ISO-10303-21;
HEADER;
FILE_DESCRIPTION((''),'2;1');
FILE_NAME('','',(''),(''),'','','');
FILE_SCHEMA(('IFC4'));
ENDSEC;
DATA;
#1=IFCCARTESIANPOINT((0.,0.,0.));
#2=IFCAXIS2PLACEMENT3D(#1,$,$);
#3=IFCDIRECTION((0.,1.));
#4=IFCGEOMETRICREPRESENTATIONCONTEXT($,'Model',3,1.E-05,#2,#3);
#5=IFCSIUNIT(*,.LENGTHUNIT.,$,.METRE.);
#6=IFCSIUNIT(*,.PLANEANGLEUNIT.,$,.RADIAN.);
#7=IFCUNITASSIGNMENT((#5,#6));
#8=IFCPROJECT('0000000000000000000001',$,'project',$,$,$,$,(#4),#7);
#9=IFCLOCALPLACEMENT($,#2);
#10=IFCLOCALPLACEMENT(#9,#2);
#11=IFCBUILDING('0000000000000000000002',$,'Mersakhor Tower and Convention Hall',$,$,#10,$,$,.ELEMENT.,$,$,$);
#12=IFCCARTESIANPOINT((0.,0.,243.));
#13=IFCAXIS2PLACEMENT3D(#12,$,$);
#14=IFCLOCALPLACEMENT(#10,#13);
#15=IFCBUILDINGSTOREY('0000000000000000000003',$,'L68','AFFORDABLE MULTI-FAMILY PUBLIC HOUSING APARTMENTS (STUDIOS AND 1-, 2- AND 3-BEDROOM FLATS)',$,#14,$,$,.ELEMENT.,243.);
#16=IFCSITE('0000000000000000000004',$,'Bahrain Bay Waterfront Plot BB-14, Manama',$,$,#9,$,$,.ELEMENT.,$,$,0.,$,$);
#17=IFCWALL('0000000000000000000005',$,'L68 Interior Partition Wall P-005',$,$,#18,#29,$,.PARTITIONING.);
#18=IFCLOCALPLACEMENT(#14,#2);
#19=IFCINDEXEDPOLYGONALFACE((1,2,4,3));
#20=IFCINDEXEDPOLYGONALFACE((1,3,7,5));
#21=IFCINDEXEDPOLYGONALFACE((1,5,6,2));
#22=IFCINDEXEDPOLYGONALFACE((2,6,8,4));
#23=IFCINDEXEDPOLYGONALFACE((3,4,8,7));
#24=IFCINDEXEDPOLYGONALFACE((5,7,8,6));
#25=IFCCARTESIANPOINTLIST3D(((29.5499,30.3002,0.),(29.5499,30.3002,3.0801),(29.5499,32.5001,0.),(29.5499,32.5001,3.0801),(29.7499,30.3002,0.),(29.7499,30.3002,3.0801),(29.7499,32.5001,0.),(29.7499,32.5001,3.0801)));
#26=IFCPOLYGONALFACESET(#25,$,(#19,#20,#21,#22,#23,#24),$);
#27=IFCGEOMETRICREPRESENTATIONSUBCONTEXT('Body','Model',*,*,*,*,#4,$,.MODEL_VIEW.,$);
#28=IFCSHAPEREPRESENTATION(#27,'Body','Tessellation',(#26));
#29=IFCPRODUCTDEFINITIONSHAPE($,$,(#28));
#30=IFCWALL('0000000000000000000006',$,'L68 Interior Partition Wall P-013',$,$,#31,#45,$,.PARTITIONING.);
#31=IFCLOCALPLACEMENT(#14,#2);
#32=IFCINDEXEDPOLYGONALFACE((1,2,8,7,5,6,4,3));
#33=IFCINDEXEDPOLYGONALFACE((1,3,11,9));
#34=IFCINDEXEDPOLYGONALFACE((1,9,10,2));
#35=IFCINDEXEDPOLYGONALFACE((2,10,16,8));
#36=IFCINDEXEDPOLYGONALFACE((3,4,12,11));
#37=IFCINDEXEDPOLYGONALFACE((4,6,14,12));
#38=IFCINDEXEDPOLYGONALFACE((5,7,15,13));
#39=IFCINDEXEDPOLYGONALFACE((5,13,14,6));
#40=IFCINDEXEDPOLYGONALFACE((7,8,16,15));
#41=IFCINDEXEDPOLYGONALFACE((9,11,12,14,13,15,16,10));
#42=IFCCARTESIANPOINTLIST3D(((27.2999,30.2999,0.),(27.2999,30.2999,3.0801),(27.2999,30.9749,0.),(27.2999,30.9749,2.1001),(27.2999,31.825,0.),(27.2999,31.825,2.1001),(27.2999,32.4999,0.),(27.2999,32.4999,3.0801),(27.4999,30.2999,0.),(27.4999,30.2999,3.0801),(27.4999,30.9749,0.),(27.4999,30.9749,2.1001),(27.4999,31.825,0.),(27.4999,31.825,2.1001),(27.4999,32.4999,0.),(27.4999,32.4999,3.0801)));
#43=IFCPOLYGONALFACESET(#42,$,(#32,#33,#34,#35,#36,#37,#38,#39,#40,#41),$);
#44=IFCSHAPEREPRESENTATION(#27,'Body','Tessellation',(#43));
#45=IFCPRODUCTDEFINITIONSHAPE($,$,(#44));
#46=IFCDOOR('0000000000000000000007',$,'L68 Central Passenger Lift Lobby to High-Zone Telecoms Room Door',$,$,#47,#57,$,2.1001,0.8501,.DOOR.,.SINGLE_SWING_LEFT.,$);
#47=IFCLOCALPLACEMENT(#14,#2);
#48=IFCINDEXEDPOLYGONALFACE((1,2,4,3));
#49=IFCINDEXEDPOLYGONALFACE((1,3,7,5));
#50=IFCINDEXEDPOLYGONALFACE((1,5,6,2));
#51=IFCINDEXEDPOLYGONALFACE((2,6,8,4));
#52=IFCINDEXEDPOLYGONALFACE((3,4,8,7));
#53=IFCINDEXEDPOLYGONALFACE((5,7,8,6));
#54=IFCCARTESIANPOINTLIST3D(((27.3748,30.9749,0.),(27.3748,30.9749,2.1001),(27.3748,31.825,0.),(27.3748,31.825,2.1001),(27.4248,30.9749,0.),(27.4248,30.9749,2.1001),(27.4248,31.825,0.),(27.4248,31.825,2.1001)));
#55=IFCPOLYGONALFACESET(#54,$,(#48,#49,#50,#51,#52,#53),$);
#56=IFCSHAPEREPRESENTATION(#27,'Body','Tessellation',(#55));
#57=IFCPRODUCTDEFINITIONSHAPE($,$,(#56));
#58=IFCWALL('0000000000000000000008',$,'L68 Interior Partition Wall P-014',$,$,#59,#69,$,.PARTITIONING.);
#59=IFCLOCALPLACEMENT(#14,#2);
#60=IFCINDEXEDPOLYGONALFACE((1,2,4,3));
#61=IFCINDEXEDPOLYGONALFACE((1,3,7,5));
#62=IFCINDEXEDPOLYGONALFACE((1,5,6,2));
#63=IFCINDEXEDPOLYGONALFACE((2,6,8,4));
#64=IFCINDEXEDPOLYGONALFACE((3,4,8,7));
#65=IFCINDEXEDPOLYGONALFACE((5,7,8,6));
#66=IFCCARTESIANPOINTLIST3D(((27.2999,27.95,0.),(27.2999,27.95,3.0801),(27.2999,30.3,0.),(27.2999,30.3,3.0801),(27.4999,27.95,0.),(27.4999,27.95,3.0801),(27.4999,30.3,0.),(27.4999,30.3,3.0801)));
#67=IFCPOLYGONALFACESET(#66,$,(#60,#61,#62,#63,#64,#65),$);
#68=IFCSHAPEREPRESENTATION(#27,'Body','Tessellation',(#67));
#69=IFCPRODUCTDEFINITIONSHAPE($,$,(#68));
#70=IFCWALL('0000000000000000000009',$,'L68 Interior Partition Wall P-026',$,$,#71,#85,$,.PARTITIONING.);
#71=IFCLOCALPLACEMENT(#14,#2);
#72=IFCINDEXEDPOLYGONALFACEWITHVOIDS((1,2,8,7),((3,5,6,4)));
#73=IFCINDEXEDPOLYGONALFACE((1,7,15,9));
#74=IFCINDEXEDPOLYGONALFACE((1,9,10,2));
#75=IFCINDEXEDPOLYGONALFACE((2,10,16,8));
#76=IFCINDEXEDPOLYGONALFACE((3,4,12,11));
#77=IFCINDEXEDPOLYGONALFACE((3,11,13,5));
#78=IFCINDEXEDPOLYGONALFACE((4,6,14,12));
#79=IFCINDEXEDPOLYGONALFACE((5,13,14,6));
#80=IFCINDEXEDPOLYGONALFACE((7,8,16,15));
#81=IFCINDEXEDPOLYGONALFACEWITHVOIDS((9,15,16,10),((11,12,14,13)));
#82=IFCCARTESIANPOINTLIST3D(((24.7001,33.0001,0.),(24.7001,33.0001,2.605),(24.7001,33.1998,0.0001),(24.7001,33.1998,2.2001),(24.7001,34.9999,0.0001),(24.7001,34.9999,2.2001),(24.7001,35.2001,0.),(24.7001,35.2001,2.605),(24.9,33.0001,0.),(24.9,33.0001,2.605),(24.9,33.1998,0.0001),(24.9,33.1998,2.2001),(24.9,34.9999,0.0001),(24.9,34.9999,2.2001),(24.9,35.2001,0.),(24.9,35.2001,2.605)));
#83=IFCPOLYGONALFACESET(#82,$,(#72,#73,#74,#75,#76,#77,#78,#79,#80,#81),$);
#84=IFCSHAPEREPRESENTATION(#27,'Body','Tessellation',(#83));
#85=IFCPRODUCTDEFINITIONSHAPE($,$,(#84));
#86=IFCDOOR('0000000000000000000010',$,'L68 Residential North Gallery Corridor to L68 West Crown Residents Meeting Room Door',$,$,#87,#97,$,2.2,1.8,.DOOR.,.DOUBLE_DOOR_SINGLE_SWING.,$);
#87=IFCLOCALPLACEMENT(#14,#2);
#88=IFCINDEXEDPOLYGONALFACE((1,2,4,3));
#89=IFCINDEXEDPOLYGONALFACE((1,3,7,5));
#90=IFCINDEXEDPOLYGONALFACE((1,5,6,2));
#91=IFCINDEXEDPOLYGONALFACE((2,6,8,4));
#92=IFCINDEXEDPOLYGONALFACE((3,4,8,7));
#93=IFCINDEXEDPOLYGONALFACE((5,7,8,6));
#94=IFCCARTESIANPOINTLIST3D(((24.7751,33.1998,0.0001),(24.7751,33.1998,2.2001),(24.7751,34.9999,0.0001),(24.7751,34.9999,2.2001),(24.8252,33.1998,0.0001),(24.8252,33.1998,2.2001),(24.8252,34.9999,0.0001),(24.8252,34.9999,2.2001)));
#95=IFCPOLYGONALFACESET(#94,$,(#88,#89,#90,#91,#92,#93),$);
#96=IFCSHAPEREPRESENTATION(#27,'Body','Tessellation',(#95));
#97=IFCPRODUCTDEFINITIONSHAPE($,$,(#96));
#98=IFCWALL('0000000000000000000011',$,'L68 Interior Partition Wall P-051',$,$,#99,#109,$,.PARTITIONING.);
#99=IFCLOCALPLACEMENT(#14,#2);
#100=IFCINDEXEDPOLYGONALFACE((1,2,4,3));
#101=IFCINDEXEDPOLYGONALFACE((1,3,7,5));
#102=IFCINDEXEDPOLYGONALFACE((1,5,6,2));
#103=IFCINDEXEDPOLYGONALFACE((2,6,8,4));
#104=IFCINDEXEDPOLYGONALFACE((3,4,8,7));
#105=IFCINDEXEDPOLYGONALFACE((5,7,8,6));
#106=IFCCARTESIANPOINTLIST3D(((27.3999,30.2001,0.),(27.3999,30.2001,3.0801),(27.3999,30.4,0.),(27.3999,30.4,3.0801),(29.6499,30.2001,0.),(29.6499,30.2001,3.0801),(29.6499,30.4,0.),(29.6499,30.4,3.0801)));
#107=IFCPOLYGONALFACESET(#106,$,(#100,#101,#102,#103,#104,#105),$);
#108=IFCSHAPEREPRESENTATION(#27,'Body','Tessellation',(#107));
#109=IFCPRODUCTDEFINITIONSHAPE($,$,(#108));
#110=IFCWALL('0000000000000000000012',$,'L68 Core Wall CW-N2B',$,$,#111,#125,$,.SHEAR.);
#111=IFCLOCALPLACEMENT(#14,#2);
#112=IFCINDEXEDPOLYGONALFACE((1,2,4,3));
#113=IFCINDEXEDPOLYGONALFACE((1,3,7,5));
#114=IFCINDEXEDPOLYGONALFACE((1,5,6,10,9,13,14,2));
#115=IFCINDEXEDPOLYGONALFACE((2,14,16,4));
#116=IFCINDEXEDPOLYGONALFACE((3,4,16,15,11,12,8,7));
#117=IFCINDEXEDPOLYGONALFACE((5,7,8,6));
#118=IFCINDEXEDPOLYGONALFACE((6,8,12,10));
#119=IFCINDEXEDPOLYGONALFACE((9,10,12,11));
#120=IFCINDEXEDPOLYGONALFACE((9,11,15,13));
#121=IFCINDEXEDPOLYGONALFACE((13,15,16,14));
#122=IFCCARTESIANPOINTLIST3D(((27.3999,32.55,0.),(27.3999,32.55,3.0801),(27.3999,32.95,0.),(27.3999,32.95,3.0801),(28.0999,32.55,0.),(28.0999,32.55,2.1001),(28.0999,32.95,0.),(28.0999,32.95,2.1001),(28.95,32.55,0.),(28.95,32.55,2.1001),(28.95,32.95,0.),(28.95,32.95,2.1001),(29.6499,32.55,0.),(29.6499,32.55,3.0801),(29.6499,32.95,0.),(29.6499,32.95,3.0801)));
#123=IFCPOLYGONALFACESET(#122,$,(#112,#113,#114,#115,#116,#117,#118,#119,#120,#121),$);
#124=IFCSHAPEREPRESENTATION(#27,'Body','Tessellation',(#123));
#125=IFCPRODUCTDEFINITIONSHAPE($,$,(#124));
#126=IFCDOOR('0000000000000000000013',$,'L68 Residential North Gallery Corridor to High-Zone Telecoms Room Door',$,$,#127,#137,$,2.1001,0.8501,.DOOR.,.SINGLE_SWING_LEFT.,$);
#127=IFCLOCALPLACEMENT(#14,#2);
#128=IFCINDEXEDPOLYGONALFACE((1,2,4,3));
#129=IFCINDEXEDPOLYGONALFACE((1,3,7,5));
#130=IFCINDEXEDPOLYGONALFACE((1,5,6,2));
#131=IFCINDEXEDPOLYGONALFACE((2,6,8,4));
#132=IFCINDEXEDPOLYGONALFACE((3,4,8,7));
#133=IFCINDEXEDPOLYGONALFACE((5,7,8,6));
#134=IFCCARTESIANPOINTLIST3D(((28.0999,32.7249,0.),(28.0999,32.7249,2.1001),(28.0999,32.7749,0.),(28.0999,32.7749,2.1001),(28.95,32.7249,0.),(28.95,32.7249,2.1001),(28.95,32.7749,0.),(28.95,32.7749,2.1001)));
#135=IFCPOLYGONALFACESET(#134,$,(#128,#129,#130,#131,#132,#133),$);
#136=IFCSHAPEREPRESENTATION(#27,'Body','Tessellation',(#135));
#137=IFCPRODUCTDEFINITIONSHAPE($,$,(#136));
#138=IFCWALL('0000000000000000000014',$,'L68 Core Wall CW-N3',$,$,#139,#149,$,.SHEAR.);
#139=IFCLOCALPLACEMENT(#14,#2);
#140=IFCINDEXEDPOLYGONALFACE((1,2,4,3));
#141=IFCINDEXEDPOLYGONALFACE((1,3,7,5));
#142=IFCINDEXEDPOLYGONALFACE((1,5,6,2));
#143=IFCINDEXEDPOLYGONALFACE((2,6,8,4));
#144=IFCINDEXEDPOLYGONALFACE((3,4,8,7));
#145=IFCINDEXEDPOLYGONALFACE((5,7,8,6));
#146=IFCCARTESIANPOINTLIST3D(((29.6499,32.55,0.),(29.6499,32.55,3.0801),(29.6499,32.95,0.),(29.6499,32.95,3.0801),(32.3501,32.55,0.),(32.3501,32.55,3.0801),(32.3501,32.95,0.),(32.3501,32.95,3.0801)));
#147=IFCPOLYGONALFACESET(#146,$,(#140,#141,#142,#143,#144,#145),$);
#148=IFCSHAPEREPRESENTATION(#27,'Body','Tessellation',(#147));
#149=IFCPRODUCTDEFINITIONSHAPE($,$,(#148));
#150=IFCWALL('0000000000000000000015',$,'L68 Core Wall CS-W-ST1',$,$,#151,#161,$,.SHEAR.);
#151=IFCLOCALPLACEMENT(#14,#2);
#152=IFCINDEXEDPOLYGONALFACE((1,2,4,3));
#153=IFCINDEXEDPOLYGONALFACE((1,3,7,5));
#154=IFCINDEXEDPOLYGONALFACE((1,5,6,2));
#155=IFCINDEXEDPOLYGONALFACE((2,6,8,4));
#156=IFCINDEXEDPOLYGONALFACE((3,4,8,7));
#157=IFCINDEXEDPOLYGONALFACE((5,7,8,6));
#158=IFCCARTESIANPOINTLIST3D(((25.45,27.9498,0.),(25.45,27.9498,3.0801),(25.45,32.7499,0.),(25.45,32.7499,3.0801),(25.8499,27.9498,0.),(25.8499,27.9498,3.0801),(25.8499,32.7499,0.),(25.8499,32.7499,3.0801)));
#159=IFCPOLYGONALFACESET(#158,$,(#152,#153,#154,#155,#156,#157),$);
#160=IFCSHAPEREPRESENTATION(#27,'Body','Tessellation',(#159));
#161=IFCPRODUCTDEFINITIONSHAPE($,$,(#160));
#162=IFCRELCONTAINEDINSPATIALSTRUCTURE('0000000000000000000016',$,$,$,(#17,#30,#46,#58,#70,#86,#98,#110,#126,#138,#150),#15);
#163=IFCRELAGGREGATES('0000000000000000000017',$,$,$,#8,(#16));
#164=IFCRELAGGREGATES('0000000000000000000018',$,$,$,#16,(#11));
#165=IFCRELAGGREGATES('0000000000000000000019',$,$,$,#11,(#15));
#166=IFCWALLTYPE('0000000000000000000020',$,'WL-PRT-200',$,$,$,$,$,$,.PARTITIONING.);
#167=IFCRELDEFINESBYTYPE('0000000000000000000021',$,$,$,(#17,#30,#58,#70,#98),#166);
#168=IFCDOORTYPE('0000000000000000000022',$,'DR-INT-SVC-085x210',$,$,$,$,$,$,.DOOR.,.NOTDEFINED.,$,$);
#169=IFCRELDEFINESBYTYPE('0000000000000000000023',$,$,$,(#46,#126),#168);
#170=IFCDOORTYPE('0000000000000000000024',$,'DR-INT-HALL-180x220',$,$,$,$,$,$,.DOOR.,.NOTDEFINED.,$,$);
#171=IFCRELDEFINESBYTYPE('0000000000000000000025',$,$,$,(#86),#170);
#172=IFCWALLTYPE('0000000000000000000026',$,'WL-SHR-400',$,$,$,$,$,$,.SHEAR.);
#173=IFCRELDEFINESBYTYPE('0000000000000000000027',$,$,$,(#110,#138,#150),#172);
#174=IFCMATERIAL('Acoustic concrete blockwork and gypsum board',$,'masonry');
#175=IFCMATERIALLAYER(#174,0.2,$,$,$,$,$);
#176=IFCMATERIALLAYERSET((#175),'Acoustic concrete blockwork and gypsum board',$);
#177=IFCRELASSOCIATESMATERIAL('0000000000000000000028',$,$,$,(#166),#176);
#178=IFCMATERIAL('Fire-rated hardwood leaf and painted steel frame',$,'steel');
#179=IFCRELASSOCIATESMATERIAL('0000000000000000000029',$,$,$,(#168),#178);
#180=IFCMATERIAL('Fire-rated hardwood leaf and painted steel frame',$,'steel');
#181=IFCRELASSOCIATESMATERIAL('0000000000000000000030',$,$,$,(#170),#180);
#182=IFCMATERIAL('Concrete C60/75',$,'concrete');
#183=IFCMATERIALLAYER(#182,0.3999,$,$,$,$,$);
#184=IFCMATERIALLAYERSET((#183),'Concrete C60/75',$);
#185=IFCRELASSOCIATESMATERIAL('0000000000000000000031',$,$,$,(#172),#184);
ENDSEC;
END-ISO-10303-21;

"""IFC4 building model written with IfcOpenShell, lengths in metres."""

from ifc_helpers import new_model, si_unit, direction, frame, frame_2d, origin, place, context, subcontext, project, spatial, rectangle, extrude, material, layer, layer_set, type_object, element, fill, save


model = new_model("IFC4")

# Units and contexts
model_context = context("Model", 3, precision=1e-05, world=origin(), true_north=direction((0.0, 1.0)))
body_context = subcontext(model_context, "Body", "Model", "MODEL_VIEW")
ifc_project = project(units=[si_unit("LENGTHUNIT", "METRE"), si_unit("PLANEANGLEUNIT", "RADIAN")], contexts=[model_context])

# Site, building, storey
site_placement = place(None, origin())
site = spatial("IfcSite", under=ifc_project, at=site_placement, Name="Bahrain Bay Waterfront Plot BB-14, Manama", CompositionType="ELEMENT", RefElevation=0.0)
building_placement = place(site_placement, origin())
building = spatial("IfcBuilding", under=site, at=building_placement, Name="Mersakhor Tower and Convention Hall", CompositionType="ELEMENT")
storey_placement = place(building_placement, frame((0.0, 0.0, 243.0)))
storey = spatial("IfcBuildingStorey", under=building, at=storey_placement, Name="L68", Description="AFFORDABLE MULTI-FAMILY PUBLIC HOUSING APARTMENTS (STUDIOS AND 1-, 2- AND 3-BEDROOM FLATS)", CompositionType="ELEMENT", Elevation=243.0)

# Wall
ifc_material_1 = material(Name="Acoustic concrete blockwork and gypsum board", Category="masonry")
ifc_layer_1 = layer(ifc_material_1, 0.2)
ifc_layer_set_1 = layer_set([ifc_layer_1], Name="Acoustic concrete blockwork and gypsum board")
wall_type_1 = type_object("IfcWallType", Name="WL-PRT-200", PredefinedType="PARTITIONING", material=ifc_layer_set_1)
wall_1_placement = place(storey_placement, frame((29.6499, 30.3, 0.0), z_axis=(0.0, 0.0, 1.0), x_axis=(0.0, 1.0, 0.0)))
element("IfcWall", 1, at=wall_1_placement, inside=storey, type_object=wall_type_1, Name="L68 Interior Partition Wall P-005", PredefinedType="PARTITIONING", context=body_context, shape_type="SweptSolid", body=[
    extrude(rectangle(XDim=2.2, YDim=0.2, at=frame_2d((1.1001, 0.0))), origin(), (0.0, 0.0, 1.0), 3.0801),
])

# Wall, opening, door
wall_2_placement = place(storey_placement, frame((27.3999, 32.5, 0.0), z_axis=(0.0, 0.0, 1.0), x_axis=(0.0, -1.0, 0.0)))
wall_2 = element("IfcWall", 2, at=wall_2_placement, inside=storey, type_object=wall_type_1, Name="L68 Interior Partition Wall P-013", PredefinedType="PARTITIONING", context=body_context, shape_type="SweptSolid", body=[
    extrude(rectangle(XDim=2.2, YDim=0.2, at=frame_2d((1.1001, 0.0))), origin(), (0.0, 0.0, 1.0), 3.0801),
])
opening_1_placement = place(wall_2_placement, frame((0.675, 0.0, 0.0)))
opening_1 = element("IfcOpeningElement", 3, at=opening_1_placement, cuts=wall_2, PredefinedType="OPENING", context=body_context, shape_type="SweptSolid", body=[
    extrude(rectangle(XDim=0.8501, YDim=2.1001, at=frame_2d((0.425, 1.05))), frame((0.0, 0.1099, 0.0), z_axis=(0.0, -1.0, 0.0), x_axis=(1.0, 0.0, 0.0)), (0.0, 0.0, 1.0), 0.22),
])
ifc_material_2 = material(Name="Fire-rated hardwood leaf and painted steel frame", Category="steel")
door_type_1 = type_object("IfcDoorType", Name="DR-INT-SVC-085x210", OperationType="NOTDEFINED", PredefinedType="DOOR", material=ifc_material_2)
door_1_placement = place(opening_1_placement, origin())
door_1 = element("IfcDoor", 4, at=door_1_placement, inside=storey, type_object=door_type_1, Name="L68 Central Passenger Lift Lobby to High-Zone Telecoms Room Door", OperationType="SINGLE_SWING_LEFT", OverallHeight=2.1001, OverallWidth=0.8501, PredefinedType="DOOR", context=body_context, shape_type="SweptSolid", body=[
    extrude(rectangle(XDim=0.8501, YDim=2.1001, at=frame_2d((0.425, 1.05))), frame((0.0, 0.0249, 0.0), z_axis=(0.0, -1.0, 0.0), x_axis=(1.0, 0.0, 0.0)), (0.0, 0.0, 1.0), 0.05),
])
fill(opening_1, door_1)

# Wall
wall_3_placement = place(storey_placement, frame((27.3999, 30.3, 0.0), z_axis=(0.0, 0.0, 1.0), x_axis=(0.0, -1.0, 0.0)))
element("IfcWall", 5, at=wall_3_placement, inside=storey, type_object=wall_type_1, Name="L68 Interior Partition Wall P-014", PredefinedType="PARTITIONING", context=body_context, shape_type="SweptSolid", body=[
    extrude(rectangle(XDim=2.3501, YDim=0.2, at=frame_2d((1.175, 0.0))), origin(), (0.0, 0.0, 1.0), 3.0801),
])

# Wall, opening, door
wall_4_placement = place(storey_placement, frame((24.8, 33.0, 0.0), z_axis=(0.0, 0.0, 1.0), x_axis=(0.0, 1.0, 0.0)))
wall_4 = element("IfcWall", 6, at=wall_4_placement, inside=storey, type_object=wall_type_1, Name="L68 Interior Partition Wall P-026", PredefinedType="PARTITIONING", context=body_context, shape_type="SweptSolid", body=[
    extrude(rectangle(XDim=2.2, YDim=0.2, at=frame_2d((1.1001, 0.0))), origin(), (0.0, 0.0, 1.0), 2.605),
])
opening_2_placement = place(wall_4_placement, frame((0.2, 0.0, 0.0)))
opening_2 = element("IfcOpeningElement", 7, at=opening_2_placement, cuts=wall_4, PredefinedType="OPENING", context=body_context, shape_type="SweptSolid", body=[
    extrude(rectangle(XDim=1.8, YDim=2.2, at=frame_2d((0.8999, 1.1001))), frame((0.0, 0.1099, 0.0), z_axis=(0.0, -1.0, 0.0), x_axis=(1.0, 0.0, 0.0)), (0.0, 0.0, 1.0), 0.22),
])
ifc_material_3 = material(Name="Fire-rated hardwood leaf and painted steel frame", Category="steel")
door_type_2 = type_object("IfcDoorType", Name="DR-INT-HALL-180x220", OperationType="NOTDEFINED", PredefinedType="DOOR", material=ifc_material_3)
door_2_placement = place(opening_2_placement, origin())
door_2 = element("IfcDoor", 8, at=door_2_placement, inside=storey, type_object=door_type_2, Name="L68 Residential North Gallery Corridor to L68 West Crown Residents Meeting Room Door", OperationType="DOUBLE_DOOR_SINGLE_SWING", OverallHeight=2.2, OverallWidth=1.8, PredefinedType="DOOR", context=body_context, shape_type="SweptSolid", body=[
    extrude(rectangle(XDim=1.8, YDim=2.2, at=frame_2d((0.8999, 1.1001))), frame((0.0, 0.0249, 0.0), z_axis=(0.0, -1.0, 0.0), x_axis=(1.0, 0.0, 0.0)), (0.0, 0.0, 1.0), 0.05),
])
fill(opening_2, door_2)

# Wall
wall_5_placement = place(storey_placement, frame((27.3999, 30.3, 0.0), z_axis=(0.0, 0.0, 1.0), x_axis=(1.0, 0.0, 0.0)))
element("IfcWall", 9, at=wall_5_placement, inside=storey, type_object=wall_type_1, Name="L68 Interior Partition Wall P-051", PredefinedType="PARTITIONING", context=body_context, shape_type="SweptSolid", body=[
    extrude(rectangle(XDim=2.25, YDim=0.2, at=frame_2d((1.125, 0.0))), origin(), (0.0, 0.0, 1.0), 3.0801),
])

# Wall, opening, door
ifc_material_4 = material(Name="Concrete C60/75", Category="concrete")
ifc_layer_2 = layer(ifc_material_4, 0.3999)
ifc_layer_set_2 = layer_set([ifc_layer_2], Name="Concrete C60/75")
wall_type_2 = type_object("IfcWallType", Name="WL-SHR-400", PredefinedType="SHEAR", material=ifc_layer_set_2)
wall_6_placement = place(storey_placement, frame((27.3999, 32.75, 0.0), z_axis=(0.0, 0.0, 1.0), x_axis=(1.0, 0.0, 0.0)))
wall_6 = element("IfcWall", 10, at=wall_6_placement, inside=storey, type_object=wall_type_2, Name="L68 Core Wall CW-N2B", PredefinedType="SHEAR", context=body_context, shape_type="SweptSolid", body=[
    extrude(rectangle(XDim=2.25, YDim=0.3999, at=frame_2d((1.125, 0.0))), origin(), (0.0, 0.0, 1.0), 3.0801),
])
opening_3_placement = place(wall_6_placement, frame((0.7, 0.0, 0.0)))
opening_3 = element("IfcOpeningElement", 11, at=opening_3_placement, cuts=wall_6, PredefinedType="OPENING", context=body_context, shape_type="SweptSolid", body=[
    extrude(rectangle(XDim=0.8501, YDim=2.1001, at=frame_2d((0.425, 1.05))), frame((0.0, 0.21, 0.0), z_axis=(0.0, -1.0, 0.0), x_axis=(1.0, 0.0, 0.0)), (0.0, 0.0, 1.0), 0.4199),
])
door_3_placement = place(opening_3_placement, origin())
door_3 = element("IfcDoor", 12, at=door_3_placement, inside=storey, type_object=door_type_1, Name="L68 Residential North Gallery Corridor to High-Zone Telecoms Room Door", OperationType="SINGLE_SWING_LEFT", OverallHeight=2.1001, OverallWidth=0.8501, PredefinedType="DOOR", context=body_context, shape_type="SweptSolid", body=[
    extrude(rectangle(XDim=0.8501, YDim=2.1001, at=frame_2d((0.425, 1.05))), frame((0.0, 0.0249, 0.0), z_axis=(0.0, -1.0, 0.0), x_axis=(1.0, 0.0, 0.0)), (0.0, 0.0, 1.0), 0.05),
])
fill(opening_3, door_3)

# Walls
wall_7_placement = place(storey_placement, frame((29.6499, 32.75, 0.0), z_axis=(0.0, 0.0, 1.0), x_axis=(1.0, 0.0, 0.0)))
element("IfcWall", 13, at=wall_7_placement, inside=storey, type_object=wall_type_2, Name="L68 Core Wall CW-N3", PredefinedType="SHEAR", context=body_context, shape_type="SweptSolid", body=[
    extrude(rectangle(XDim=2.7002, YDim=0.3999, at=frame_2d((1.3501, 0.0))), origin(), (0.0, 0.0, 1.0), 3.0801),
])
wall_8_placement = place(storey_placement, frame((25.6499, 27.95, 0.0), z_axis=(0.0, 0.0, 1.0), x_axis=(0.0, 1.0, 0.0)))
element("IfcWall", 14, at=wall_8_placement, inside=storey, type_object=wall_type_2, Name="L68 Core Wall CS-W-ST1", PredefinedType="SHEAR", context=body_context, shape_type="SweptSolid", body=[
    extrude(rectangle(XDim=4.8, YDim=0.3999, at=frame_2d((2.3999, 0.0))), origin(), (0.0, 0.0, 1.0), 3.0801),
])

save(model, "model.ifc")
